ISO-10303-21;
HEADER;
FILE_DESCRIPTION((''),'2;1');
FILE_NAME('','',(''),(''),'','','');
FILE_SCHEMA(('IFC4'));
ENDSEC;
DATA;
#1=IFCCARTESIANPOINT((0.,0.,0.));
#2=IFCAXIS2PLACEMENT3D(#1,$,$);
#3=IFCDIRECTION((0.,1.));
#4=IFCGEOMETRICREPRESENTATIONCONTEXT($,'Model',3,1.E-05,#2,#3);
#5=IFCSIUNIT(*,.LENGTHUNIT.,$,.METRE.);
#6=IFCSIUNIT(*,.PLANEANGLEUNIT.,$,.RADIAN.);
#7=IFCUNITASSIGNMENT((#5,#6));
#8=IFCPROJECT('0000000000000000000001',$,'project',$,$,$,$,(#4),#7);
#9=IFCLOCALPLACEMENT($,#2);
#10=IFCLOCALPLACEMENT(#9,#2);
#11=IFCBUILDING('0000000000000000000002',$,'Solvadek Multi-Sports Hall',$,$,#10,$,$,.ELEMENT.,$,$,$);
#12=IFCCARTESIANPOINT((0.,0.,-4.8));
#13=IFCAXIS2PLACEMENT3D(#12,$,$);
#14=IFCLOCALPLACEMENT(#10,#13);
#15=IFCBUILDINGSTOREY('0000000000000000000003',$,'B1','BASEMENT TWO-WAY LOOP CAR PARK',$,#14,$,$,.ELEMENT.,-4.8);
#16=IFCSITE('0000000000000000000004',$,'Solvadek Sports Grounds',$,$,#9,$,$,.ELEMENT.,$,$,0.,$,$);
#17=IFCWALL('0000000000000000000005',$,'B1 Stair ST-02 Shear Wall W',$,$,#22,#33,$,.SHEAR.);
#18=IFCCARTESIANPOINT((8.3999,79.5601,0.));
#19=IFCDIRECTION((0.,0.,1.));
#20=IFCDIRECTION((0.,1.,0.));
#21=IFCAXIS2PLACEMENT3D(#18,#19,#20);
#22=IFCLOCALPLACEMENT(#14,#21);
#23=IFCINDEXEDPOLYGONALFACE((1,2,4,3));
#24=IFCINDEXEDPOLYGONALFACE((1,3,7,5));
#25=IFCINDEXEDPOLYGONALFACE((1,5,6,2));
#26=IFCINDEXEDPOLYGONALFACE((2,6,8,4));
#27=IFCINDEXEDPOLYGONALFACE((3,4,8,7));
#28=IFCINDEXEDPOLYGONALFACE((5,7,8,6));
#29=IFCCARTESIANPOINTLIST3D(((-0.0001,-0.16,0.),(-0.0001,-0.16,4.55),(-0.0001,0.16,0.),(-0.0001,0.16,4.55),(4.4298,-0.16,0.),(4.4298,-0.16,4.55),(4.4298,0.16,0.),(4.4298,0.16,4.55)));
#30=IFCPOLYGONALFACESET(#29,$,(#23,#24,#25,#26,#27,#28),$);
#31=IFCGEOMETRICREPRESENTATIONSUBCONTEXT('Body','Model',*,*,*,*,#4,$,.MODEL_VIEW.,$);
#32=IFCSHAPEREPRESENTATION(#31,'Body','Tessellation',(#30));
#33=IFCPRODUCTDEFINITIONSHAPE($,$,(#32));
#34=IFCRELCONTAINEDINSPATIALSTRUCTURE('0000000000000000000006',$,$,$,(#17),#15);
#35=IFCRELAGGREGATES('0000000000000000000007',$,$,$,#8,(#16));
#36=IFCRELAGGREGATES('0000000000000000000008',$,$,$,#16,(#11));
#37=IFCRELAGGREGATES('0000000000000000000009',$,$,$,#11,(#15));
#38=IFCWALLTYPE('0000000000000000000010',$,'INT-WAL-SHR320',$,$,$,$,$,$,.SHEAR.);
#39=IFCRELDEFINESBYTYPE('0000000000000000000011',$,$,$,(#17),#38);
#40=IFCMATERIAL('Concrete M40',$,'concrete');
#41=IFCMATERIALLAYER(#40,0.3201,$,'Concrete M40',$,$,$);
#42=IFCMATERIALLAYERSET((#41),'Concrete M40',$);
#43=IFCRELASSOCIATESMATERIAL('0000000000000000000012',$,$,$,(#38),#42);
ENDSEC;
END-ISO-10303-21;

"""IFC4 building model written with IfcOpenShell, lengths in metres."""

from ifc_helpers import new_model, si_unit, direction, frame, frame_2d, origin, place, context, subcontext, project, spatial, rectangle, extrude, material, layer, layer_set, type_object, element, save


model = new_model("IFC4")

# Units and contexts
model_context = context("Model", 3, precision=1e-05, world=origin(), true_north=direction((0.0, 1.0)))
body_context = subcontext(model_context, "Body", "Model", "MODEL_VIEW")
ifc_project = project(units=[si_unit("LENGTHUNIT", "METRE"), si_unit("PLANEANGLEUNIT", "RADIAN")], contexts=[model_context])

# Site, building, storey
site_placement = place(None, origin())
site = spatial("IfcSite", under=ifc_project, at=site_placement, Name="Solvadek Sports Grounds", CompositionType="ELEMENT", RefElevation=0.0)
building_placement = place(site_placement, origin())
building = spatial("IfcBuilding", under=site, at=building_placement, Name="Solvadek Multi-Sports Hall", CompositionType="ELEMENT")
storey_placement = place(building_placement, frame((0.0, 0.0, -4.8)))
storey = spatial("IfcBuildingStorey", under=building, at=storey_placement, Name="B1", Description="BASEMENT TWO-WAY LOOP CAR PARK", CompositionType="ELEMENT", Elevation=-4.8)

# Shared definitions
ifc_material_1 = material(Name="Concrete M40", Category="concrete")

# Wall
ifc_layer_1 = layer(ifc_material_1, 0.3201, Name="Concrete M40")
ifc_layer_set_1 = layer_set([ifc_layer_1], Name="Concrete M40")
wall_type = type_object("IfcWallType", Name="INT-WAL-SHR320", PredefinedType="SHEAR", material=ifc_layer_set_1)
wall_1_placement = place(storey_placement, frame((8.3999, 79.5601, 0.0), z_axis=(0.0, 0.0, 1.0), x_axis=(0.0, 1.0, 0.0)))
element("IfcWall", 1, at=wall_1_placement, inside=storey, type_object=wall_type, Name="B1 Stair ST-02 Shear Wall W", PredefinedType="SHEAR", context=body_context, shape_type="SweptSolid", body=[
    extrude(rectangle(XDim=4.4299, YDim=0.3201, at=frame_2d((2.2148, 0.0))), origin(), (0.0, 0.0, 1.0), 4.55),
])

save(model, "model.ifc")
